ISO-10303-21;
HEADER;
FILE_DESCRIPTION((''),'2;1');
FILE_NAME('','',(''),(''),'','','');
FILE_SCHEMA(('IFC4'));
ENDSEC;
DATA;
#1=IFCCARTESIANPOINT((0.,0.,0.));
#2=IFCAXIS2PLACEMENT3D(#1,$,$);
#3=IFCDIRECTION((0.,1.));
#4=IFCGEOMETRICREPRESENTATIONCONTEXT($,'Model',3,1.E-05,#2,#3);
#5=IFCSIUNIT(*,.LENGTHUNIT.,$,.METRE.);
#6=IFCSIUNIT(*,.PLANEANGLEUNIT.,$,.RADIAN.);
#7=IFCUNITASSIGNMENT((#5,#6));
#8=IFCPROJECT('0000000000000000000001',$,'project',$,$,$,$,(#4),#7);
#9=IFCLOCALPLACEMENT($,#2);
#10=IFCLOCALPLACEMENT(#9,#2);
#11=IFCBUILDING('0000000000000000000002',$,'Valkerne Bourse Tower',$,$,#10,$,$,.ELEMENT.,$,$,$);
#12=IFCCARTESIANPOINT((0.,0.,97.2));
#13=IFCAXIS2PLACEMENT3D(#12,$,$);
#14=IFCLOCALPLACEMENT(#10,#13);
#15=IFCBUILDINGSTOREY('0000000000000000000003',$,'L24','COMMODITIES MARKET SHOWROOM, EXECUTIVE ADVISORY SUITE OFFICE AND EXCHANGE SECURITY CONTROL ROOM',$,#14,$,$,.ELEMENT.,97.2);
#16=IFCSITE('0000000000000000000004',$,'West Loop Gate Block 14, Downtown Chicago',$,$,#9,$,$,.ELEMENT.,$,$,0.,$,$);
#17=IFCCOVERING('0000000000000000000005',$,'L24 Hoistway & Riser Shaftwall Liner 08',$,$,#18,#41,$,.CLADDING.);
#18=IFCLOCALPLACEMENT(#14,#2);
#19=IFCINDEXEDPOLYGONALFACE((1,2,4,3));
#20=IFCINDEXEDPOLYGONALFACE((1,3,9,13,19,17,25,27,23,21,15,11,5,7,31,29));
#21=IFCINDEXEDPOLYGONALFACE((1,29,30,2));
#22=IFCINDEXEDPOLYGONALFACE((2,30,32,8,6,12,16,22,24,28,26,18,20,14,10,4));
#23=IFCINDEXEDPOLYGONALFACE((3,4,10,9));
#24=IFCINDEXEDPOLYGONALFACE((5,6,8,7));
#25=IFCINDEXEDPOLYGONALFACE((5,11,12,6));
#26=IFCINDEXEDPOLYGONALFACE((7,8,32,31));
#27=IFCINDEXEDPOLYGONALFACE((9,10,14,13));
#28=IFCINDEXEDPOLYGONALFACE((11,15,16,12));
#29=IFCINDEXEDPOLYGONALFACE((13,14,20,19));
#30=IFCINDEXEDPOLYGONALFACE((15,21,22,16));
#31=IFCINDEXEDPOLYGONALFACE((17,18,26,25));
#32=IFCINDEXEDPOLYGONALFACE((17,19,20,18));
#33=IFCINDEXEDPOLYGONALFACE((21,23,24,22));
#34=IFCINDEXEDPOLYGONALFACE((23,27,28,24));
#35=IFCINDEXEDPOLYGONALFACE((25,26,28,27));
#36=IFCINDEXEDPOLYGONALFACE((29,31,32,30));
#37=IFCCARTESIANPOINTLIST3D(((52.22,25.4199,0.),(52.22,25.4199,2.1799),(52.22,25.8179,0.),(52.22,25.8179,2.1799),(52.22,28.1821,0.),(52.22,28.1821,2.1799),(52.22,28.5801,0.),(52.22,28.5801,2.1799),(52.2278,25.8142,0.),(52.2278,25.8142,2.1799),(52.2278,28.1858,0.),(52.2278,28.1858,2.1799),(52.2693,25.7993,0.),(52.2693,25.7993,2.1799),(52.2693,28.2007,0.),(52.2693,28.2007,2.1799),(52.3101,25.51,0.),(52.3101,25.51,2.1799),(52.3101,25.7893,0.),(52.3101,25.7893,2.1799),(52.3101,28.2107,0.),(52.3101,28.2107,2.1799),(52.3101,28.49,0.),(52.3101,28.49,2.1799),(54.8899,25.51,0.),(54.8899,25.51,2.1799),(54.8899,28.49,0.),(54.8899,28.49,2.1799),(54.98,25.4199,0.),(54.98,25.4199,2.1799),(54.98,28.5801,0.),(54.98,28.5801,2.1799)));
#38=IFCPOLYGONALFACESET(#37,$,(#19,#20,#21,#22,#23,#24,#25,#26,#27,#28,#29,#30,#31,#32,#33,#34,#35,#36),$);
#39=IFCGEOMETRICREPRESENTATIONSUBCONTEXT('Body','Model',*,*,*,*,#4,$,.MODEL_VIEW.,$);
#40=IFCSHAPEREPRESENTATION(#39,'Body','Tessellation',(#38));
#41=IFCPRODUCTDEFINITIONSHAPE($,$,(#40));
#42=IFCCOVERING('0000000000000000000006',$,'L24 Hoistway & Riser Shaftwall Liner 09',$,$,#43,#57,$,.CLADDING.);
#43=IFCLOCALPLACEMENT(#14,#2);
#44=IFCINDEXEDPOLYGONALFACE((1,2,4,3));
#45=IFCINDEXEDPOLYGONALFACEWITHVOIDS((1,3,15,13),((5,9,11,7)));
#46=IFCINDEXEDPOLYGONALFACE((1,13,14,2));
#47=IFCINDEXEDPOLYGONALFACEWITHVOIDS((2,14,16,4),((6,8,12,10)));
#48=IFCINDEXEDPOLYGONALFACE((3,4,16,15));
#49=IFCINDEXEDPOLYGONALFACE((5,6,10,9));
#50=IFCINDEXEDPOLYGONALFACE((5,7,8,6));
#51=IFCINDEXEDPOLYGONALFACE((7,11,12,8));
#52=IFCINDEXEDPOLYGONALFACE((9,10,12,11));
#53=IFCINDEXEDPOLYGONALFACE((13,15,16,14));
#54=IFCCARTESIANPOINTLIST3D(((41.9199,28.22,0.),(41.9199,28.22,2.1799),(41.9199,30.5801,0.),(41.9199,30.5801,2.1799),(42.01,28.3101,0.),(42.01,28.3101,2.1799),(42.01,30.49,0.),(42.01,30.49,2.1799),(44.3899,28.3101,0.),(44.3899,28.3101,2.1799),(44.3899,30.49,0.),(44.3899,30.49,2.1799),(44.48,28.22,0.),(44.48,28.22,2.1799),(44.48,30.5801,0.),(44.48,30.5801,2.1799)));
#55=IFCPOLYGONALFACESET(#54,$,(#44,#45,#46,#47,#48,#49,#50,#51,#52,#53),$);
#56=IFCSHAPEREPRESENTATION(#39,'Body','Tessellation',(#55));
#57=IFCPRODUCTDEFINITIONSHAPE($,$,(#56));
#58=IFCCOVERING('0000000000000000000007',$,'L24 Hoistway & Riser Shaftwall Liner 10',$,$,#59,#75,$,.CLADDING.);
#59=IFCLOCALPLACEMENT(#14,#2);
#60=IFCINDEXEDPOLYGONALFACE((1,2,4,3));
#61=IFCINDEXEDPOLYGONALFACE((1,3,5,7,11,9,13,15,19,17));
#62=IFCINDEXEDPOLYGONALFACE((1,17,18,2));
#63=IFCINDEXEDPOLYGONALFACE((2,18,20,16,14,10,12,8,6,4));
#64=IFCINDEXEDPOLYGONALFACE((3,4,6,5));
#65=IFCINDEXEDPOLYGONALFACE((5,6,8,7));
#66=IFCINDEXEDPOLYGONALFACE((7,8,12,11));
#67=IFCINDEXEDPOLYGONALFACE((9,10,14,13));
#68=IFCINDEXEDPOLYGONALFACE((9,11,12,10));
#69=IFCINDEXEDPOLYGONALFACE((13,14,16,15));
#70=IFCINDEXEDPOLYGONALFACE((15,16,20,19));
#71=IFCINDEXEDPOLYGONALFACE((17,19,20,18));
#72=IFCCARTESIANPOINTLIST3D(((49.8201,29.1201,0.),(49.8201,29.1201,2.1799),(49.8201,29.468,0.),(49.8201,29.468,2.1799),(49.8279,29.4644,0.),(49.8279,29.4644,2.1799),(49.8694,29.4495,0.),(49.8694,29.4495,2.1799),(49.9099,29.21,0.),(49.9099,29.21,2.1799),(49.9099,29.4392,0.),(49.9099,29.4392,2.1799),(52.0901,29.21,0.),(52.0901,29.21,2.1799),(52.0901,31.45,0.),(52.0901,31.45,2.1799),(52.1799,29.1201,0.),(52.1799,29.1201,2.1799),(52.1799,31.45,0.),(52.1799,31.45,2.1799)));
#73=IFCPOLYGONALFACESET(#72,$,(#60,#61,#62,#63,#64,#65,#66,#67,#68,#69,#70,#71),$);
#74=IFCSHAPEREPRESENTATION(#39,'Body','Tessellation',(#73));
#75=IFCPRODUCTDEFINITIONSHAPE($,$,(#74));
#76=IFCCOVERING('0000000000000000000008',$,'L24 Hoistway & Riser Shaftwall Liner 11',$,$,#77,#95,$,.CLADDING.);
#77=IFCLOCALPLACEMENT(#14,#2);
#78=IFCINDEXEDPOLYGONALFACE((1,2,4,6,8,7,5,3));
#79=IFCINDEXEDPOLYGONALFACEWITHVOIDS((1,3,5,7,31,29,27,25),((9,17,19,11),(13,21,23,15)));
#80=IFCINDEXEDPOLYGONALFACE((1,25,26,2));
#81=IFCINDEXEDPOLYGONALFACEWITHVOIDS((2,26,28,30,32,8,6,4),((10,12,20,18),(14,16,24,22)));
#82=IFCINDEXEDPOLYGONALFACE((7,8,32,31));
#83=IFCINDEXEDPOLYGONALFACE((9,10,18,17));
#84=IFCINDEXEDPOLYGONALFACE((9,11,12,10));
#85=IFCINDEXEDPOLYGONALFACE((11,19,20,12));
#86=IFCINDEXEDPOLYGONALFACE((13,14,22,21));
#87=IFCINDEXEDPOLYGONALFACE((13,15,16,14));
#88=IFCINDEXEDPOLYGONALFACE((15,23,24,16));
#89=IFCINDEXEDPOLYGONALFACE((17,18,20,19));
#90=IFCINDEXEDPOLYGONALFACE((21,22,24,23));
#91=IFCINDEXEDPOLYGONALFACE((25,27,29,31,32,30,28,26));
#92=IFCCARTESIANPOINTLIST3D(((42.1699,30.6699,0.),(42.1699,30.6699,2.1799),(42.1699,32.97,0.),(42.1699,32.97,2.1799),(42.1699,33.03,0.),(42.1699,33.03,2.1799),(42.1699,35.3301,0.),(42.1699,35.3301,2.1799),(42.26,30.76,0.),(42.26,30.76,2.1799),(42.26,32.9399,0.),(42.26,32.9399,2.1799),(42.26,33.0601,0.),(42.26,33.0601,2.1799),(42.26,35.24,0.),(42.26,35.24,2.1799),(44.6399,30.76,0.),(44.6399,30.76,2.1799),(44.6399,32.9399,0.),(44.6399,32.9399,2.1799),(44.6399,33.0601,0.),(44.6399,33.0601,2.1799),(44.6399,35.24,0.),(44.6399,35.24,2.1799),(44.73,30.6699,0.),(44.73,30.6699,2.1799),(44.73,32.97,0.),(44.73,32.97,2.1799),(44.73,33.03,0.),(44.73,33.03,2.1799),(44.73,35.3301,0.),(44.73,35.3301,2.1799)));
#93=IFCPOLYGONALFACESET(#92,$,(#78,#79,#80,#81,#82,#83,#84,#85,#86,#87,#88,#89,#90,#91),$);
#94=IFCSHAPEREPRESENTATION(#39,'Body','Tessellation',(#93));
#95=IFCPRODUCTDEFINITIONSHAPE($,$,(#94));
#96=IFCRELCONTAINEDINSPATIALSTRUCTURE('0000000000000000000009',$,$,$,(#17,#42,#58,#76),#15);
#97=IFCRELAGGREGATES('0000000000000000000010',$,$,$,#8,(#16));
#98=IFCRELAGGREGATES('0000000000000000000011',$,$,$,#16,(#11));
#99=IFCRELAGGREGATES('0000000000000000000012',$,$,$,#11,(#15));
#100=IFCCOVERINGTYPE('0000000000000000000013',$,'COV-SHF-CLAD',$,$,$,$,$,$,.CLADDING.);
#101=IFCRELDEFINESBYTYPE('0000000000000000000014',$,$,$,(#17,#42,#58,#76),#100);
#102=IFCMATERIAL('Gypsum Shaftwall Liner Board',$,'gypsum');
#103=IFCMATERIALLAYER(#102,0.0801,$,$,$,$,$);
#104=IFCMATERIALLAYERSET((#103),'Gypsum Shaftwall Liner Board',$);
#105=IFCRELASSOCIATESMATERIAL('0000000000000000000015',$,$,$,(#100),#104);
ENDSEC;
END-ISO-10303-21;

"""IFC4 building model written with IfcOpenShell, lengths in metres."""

from ifc_helpers import new_model, si_unit, direction, frame, origin, place, context, subcontext, project, spatial, polyline, outline, extrude, material, layer, layer_set, type_object, element, save


model = new_model("IFC4")

# Units and contexts
model_context = context("Model", 3, precision=1e-05, world=origin(), true_north=direction((0.0, 1.0)))
body_context = subcontext(model_context, "Body", "Model", "MODEL_VIEW")
ifc_project = project(units=[si_unit("LENGTHUNIT", "METRE"), si_unit("PLANEANGLEUNIT", "RADIAN")], contexts=[model_context])

# Site, building, storey
site_placement = place(None, origin())
site = spatial("IfcSite", under=ifc_project, at=site_placement, Name="West Loop Gate Block 14, Downtown Chicago", CompositionType="ELEMENT", RefElevation=0.0)
building_placement = place(site_placement, origin())
building = spatial("IfcBuilding", under=site, at=building_placement, Name="Valkerne Bourse Tower", CompositionType="ELEMENT")
storey_placement = place(building_placement, frame((0.0, 0.0, 97.2)))
storey = spatial("IfcBuildingStorey", under=building, at=storey_placement, Name="L24", Description="COMMODITIES MARKET SHOWROOM, EXECUTIVE ADVISORY SUITE OFFICE AND EXCHANGE SECURITY CONTROL ROOM", CompositionType="ELEMENT", Elevation=97.2)

# Coverings
ifc_material_1 = material(Name="Gypsum Shaftwall Liner Board", Category="gypsum")
ifc_layer_1 = layer(ifc_material_1, 0.0801)
ifc_layer_set_1 = layer_set([ifc_layer_1], Name="Gypsum Shaftwall Liner Board")
covering_type_1 = type_object("IfcCoveringType", Name="COV-SHF-CLAD", PredefinedType="CLADDING", material=ifc_layer_set_1)
covering_1_placement = place(storey_placement, origin())
element("IfcCovering", 1, at=covering_1_placement, inside=storey, type_object=covering_type_1, Name="L24 Hoistway & Riser Shaftwall Liner 08", PredefinedType="CLADDING", context=body_context, shape_type="SweptSolid", body=[
    extrude(outline(polyline([(54.98, 25.4199), (52.22, 25.4199), (52.22, 25.8179), (52.2278, 25.8142), (52.2693, 25.7993), (52.3101, 25.7893), (52.3101, 25.51), (54.8899, 25.51), (54.8899, 28.49), (52.3101, 28.49), (52.3101, 28.2107), (52.2693, 28.2007), (52.2278, 28.1858), (52.22, 28.1821), (52.22, 28.5801), (54.98, 28.5801), (54.98, 25.4199)])), origin(), (0.0, 0.0, 1.0), 2.1799),
])
covering_2_placement = place(storey_placement, origin())
element("IfcCovering", 2, at=covering_2_placement, inside=storey, type_object=covering_type_1, Name="L24 Hoistway & Riser Shaftwall Liner 09", PredefinedType="CLADDING", context=body_context, shape_type="SweptSolid", body=[
    extrude(outline(polyline([(44.48, 28.22), (41.9199, 28.22), (41.9199, 30.5801), (44.48, 30.5801), (44.48, 28.22)]), holes=[polyline([(42.01, 30.49), (42.01, 28.3101), (44.3899, 28.3101), (44.3899, 30.49), (42.01, 30.49)])]), origin(), (0.0, 0.0, 1.0), 2.1799),
])
covering_3_placement = place(storey_placement, origin())
element("IfcCovering", 3, at=covering_3_placement, inside=storey, type_object=covering_type_1, Name="L24 Hoistway & Riser Shaftwall Liner 10", PredefinedType="CLADDING", context=body_context, shape_type="SweptSolid", body=[
    extrude(outline(polyline([(49.8201, 29.1201), (49.8201, 29.468), (49.8279, 29.4644), (49.8694, 29.4495), (49.9099, 29.4392), (49.9099, 29.21), (52.0901, 29.21), (52.0901, 31.45), (52.1799, 31.45), (52.1799, 29.1201), (49.8201, 29.1201)])), origin(), (0.0, 0.0, 1.0), 2.1799),
])
covering_4_placement = place(storey_placement, origin())
element("IfcCovering", 4, at=covering_4_placement, inside=storey, type_object=covering_type_1, Name="L24 Hoistway & Riser Shaftwall Liner 11", PredefinedType="CLADDING", context=body_context, shape_type="SweptSolid", body=[
    extrude(outline(polyline([(44.73, 35.3301), (44.73, 33.03), (44.73, 32.97), (44.73, 30.6699), (42.1699, 30.6699), (42.1699, 32.97), (42.1699, 33.03), (42.1699, 35.3301), (44.73, 35.3301)]), holes=[polyline([(42.26, 30.76), (44.6399, 30.76), (44.6399, 32.9399), (42.26, 32.9399), (42.26, 30.76)]), polyline([(42.26, 33.0601), (44.6399, 33.0601), (44.6399, 35.24), (42.26, 35.24), (42.26, 33.0601)])]), origin(), (0.0, 0.0, 1.0), 2.1799),
])

save(model, "model.ifc")
